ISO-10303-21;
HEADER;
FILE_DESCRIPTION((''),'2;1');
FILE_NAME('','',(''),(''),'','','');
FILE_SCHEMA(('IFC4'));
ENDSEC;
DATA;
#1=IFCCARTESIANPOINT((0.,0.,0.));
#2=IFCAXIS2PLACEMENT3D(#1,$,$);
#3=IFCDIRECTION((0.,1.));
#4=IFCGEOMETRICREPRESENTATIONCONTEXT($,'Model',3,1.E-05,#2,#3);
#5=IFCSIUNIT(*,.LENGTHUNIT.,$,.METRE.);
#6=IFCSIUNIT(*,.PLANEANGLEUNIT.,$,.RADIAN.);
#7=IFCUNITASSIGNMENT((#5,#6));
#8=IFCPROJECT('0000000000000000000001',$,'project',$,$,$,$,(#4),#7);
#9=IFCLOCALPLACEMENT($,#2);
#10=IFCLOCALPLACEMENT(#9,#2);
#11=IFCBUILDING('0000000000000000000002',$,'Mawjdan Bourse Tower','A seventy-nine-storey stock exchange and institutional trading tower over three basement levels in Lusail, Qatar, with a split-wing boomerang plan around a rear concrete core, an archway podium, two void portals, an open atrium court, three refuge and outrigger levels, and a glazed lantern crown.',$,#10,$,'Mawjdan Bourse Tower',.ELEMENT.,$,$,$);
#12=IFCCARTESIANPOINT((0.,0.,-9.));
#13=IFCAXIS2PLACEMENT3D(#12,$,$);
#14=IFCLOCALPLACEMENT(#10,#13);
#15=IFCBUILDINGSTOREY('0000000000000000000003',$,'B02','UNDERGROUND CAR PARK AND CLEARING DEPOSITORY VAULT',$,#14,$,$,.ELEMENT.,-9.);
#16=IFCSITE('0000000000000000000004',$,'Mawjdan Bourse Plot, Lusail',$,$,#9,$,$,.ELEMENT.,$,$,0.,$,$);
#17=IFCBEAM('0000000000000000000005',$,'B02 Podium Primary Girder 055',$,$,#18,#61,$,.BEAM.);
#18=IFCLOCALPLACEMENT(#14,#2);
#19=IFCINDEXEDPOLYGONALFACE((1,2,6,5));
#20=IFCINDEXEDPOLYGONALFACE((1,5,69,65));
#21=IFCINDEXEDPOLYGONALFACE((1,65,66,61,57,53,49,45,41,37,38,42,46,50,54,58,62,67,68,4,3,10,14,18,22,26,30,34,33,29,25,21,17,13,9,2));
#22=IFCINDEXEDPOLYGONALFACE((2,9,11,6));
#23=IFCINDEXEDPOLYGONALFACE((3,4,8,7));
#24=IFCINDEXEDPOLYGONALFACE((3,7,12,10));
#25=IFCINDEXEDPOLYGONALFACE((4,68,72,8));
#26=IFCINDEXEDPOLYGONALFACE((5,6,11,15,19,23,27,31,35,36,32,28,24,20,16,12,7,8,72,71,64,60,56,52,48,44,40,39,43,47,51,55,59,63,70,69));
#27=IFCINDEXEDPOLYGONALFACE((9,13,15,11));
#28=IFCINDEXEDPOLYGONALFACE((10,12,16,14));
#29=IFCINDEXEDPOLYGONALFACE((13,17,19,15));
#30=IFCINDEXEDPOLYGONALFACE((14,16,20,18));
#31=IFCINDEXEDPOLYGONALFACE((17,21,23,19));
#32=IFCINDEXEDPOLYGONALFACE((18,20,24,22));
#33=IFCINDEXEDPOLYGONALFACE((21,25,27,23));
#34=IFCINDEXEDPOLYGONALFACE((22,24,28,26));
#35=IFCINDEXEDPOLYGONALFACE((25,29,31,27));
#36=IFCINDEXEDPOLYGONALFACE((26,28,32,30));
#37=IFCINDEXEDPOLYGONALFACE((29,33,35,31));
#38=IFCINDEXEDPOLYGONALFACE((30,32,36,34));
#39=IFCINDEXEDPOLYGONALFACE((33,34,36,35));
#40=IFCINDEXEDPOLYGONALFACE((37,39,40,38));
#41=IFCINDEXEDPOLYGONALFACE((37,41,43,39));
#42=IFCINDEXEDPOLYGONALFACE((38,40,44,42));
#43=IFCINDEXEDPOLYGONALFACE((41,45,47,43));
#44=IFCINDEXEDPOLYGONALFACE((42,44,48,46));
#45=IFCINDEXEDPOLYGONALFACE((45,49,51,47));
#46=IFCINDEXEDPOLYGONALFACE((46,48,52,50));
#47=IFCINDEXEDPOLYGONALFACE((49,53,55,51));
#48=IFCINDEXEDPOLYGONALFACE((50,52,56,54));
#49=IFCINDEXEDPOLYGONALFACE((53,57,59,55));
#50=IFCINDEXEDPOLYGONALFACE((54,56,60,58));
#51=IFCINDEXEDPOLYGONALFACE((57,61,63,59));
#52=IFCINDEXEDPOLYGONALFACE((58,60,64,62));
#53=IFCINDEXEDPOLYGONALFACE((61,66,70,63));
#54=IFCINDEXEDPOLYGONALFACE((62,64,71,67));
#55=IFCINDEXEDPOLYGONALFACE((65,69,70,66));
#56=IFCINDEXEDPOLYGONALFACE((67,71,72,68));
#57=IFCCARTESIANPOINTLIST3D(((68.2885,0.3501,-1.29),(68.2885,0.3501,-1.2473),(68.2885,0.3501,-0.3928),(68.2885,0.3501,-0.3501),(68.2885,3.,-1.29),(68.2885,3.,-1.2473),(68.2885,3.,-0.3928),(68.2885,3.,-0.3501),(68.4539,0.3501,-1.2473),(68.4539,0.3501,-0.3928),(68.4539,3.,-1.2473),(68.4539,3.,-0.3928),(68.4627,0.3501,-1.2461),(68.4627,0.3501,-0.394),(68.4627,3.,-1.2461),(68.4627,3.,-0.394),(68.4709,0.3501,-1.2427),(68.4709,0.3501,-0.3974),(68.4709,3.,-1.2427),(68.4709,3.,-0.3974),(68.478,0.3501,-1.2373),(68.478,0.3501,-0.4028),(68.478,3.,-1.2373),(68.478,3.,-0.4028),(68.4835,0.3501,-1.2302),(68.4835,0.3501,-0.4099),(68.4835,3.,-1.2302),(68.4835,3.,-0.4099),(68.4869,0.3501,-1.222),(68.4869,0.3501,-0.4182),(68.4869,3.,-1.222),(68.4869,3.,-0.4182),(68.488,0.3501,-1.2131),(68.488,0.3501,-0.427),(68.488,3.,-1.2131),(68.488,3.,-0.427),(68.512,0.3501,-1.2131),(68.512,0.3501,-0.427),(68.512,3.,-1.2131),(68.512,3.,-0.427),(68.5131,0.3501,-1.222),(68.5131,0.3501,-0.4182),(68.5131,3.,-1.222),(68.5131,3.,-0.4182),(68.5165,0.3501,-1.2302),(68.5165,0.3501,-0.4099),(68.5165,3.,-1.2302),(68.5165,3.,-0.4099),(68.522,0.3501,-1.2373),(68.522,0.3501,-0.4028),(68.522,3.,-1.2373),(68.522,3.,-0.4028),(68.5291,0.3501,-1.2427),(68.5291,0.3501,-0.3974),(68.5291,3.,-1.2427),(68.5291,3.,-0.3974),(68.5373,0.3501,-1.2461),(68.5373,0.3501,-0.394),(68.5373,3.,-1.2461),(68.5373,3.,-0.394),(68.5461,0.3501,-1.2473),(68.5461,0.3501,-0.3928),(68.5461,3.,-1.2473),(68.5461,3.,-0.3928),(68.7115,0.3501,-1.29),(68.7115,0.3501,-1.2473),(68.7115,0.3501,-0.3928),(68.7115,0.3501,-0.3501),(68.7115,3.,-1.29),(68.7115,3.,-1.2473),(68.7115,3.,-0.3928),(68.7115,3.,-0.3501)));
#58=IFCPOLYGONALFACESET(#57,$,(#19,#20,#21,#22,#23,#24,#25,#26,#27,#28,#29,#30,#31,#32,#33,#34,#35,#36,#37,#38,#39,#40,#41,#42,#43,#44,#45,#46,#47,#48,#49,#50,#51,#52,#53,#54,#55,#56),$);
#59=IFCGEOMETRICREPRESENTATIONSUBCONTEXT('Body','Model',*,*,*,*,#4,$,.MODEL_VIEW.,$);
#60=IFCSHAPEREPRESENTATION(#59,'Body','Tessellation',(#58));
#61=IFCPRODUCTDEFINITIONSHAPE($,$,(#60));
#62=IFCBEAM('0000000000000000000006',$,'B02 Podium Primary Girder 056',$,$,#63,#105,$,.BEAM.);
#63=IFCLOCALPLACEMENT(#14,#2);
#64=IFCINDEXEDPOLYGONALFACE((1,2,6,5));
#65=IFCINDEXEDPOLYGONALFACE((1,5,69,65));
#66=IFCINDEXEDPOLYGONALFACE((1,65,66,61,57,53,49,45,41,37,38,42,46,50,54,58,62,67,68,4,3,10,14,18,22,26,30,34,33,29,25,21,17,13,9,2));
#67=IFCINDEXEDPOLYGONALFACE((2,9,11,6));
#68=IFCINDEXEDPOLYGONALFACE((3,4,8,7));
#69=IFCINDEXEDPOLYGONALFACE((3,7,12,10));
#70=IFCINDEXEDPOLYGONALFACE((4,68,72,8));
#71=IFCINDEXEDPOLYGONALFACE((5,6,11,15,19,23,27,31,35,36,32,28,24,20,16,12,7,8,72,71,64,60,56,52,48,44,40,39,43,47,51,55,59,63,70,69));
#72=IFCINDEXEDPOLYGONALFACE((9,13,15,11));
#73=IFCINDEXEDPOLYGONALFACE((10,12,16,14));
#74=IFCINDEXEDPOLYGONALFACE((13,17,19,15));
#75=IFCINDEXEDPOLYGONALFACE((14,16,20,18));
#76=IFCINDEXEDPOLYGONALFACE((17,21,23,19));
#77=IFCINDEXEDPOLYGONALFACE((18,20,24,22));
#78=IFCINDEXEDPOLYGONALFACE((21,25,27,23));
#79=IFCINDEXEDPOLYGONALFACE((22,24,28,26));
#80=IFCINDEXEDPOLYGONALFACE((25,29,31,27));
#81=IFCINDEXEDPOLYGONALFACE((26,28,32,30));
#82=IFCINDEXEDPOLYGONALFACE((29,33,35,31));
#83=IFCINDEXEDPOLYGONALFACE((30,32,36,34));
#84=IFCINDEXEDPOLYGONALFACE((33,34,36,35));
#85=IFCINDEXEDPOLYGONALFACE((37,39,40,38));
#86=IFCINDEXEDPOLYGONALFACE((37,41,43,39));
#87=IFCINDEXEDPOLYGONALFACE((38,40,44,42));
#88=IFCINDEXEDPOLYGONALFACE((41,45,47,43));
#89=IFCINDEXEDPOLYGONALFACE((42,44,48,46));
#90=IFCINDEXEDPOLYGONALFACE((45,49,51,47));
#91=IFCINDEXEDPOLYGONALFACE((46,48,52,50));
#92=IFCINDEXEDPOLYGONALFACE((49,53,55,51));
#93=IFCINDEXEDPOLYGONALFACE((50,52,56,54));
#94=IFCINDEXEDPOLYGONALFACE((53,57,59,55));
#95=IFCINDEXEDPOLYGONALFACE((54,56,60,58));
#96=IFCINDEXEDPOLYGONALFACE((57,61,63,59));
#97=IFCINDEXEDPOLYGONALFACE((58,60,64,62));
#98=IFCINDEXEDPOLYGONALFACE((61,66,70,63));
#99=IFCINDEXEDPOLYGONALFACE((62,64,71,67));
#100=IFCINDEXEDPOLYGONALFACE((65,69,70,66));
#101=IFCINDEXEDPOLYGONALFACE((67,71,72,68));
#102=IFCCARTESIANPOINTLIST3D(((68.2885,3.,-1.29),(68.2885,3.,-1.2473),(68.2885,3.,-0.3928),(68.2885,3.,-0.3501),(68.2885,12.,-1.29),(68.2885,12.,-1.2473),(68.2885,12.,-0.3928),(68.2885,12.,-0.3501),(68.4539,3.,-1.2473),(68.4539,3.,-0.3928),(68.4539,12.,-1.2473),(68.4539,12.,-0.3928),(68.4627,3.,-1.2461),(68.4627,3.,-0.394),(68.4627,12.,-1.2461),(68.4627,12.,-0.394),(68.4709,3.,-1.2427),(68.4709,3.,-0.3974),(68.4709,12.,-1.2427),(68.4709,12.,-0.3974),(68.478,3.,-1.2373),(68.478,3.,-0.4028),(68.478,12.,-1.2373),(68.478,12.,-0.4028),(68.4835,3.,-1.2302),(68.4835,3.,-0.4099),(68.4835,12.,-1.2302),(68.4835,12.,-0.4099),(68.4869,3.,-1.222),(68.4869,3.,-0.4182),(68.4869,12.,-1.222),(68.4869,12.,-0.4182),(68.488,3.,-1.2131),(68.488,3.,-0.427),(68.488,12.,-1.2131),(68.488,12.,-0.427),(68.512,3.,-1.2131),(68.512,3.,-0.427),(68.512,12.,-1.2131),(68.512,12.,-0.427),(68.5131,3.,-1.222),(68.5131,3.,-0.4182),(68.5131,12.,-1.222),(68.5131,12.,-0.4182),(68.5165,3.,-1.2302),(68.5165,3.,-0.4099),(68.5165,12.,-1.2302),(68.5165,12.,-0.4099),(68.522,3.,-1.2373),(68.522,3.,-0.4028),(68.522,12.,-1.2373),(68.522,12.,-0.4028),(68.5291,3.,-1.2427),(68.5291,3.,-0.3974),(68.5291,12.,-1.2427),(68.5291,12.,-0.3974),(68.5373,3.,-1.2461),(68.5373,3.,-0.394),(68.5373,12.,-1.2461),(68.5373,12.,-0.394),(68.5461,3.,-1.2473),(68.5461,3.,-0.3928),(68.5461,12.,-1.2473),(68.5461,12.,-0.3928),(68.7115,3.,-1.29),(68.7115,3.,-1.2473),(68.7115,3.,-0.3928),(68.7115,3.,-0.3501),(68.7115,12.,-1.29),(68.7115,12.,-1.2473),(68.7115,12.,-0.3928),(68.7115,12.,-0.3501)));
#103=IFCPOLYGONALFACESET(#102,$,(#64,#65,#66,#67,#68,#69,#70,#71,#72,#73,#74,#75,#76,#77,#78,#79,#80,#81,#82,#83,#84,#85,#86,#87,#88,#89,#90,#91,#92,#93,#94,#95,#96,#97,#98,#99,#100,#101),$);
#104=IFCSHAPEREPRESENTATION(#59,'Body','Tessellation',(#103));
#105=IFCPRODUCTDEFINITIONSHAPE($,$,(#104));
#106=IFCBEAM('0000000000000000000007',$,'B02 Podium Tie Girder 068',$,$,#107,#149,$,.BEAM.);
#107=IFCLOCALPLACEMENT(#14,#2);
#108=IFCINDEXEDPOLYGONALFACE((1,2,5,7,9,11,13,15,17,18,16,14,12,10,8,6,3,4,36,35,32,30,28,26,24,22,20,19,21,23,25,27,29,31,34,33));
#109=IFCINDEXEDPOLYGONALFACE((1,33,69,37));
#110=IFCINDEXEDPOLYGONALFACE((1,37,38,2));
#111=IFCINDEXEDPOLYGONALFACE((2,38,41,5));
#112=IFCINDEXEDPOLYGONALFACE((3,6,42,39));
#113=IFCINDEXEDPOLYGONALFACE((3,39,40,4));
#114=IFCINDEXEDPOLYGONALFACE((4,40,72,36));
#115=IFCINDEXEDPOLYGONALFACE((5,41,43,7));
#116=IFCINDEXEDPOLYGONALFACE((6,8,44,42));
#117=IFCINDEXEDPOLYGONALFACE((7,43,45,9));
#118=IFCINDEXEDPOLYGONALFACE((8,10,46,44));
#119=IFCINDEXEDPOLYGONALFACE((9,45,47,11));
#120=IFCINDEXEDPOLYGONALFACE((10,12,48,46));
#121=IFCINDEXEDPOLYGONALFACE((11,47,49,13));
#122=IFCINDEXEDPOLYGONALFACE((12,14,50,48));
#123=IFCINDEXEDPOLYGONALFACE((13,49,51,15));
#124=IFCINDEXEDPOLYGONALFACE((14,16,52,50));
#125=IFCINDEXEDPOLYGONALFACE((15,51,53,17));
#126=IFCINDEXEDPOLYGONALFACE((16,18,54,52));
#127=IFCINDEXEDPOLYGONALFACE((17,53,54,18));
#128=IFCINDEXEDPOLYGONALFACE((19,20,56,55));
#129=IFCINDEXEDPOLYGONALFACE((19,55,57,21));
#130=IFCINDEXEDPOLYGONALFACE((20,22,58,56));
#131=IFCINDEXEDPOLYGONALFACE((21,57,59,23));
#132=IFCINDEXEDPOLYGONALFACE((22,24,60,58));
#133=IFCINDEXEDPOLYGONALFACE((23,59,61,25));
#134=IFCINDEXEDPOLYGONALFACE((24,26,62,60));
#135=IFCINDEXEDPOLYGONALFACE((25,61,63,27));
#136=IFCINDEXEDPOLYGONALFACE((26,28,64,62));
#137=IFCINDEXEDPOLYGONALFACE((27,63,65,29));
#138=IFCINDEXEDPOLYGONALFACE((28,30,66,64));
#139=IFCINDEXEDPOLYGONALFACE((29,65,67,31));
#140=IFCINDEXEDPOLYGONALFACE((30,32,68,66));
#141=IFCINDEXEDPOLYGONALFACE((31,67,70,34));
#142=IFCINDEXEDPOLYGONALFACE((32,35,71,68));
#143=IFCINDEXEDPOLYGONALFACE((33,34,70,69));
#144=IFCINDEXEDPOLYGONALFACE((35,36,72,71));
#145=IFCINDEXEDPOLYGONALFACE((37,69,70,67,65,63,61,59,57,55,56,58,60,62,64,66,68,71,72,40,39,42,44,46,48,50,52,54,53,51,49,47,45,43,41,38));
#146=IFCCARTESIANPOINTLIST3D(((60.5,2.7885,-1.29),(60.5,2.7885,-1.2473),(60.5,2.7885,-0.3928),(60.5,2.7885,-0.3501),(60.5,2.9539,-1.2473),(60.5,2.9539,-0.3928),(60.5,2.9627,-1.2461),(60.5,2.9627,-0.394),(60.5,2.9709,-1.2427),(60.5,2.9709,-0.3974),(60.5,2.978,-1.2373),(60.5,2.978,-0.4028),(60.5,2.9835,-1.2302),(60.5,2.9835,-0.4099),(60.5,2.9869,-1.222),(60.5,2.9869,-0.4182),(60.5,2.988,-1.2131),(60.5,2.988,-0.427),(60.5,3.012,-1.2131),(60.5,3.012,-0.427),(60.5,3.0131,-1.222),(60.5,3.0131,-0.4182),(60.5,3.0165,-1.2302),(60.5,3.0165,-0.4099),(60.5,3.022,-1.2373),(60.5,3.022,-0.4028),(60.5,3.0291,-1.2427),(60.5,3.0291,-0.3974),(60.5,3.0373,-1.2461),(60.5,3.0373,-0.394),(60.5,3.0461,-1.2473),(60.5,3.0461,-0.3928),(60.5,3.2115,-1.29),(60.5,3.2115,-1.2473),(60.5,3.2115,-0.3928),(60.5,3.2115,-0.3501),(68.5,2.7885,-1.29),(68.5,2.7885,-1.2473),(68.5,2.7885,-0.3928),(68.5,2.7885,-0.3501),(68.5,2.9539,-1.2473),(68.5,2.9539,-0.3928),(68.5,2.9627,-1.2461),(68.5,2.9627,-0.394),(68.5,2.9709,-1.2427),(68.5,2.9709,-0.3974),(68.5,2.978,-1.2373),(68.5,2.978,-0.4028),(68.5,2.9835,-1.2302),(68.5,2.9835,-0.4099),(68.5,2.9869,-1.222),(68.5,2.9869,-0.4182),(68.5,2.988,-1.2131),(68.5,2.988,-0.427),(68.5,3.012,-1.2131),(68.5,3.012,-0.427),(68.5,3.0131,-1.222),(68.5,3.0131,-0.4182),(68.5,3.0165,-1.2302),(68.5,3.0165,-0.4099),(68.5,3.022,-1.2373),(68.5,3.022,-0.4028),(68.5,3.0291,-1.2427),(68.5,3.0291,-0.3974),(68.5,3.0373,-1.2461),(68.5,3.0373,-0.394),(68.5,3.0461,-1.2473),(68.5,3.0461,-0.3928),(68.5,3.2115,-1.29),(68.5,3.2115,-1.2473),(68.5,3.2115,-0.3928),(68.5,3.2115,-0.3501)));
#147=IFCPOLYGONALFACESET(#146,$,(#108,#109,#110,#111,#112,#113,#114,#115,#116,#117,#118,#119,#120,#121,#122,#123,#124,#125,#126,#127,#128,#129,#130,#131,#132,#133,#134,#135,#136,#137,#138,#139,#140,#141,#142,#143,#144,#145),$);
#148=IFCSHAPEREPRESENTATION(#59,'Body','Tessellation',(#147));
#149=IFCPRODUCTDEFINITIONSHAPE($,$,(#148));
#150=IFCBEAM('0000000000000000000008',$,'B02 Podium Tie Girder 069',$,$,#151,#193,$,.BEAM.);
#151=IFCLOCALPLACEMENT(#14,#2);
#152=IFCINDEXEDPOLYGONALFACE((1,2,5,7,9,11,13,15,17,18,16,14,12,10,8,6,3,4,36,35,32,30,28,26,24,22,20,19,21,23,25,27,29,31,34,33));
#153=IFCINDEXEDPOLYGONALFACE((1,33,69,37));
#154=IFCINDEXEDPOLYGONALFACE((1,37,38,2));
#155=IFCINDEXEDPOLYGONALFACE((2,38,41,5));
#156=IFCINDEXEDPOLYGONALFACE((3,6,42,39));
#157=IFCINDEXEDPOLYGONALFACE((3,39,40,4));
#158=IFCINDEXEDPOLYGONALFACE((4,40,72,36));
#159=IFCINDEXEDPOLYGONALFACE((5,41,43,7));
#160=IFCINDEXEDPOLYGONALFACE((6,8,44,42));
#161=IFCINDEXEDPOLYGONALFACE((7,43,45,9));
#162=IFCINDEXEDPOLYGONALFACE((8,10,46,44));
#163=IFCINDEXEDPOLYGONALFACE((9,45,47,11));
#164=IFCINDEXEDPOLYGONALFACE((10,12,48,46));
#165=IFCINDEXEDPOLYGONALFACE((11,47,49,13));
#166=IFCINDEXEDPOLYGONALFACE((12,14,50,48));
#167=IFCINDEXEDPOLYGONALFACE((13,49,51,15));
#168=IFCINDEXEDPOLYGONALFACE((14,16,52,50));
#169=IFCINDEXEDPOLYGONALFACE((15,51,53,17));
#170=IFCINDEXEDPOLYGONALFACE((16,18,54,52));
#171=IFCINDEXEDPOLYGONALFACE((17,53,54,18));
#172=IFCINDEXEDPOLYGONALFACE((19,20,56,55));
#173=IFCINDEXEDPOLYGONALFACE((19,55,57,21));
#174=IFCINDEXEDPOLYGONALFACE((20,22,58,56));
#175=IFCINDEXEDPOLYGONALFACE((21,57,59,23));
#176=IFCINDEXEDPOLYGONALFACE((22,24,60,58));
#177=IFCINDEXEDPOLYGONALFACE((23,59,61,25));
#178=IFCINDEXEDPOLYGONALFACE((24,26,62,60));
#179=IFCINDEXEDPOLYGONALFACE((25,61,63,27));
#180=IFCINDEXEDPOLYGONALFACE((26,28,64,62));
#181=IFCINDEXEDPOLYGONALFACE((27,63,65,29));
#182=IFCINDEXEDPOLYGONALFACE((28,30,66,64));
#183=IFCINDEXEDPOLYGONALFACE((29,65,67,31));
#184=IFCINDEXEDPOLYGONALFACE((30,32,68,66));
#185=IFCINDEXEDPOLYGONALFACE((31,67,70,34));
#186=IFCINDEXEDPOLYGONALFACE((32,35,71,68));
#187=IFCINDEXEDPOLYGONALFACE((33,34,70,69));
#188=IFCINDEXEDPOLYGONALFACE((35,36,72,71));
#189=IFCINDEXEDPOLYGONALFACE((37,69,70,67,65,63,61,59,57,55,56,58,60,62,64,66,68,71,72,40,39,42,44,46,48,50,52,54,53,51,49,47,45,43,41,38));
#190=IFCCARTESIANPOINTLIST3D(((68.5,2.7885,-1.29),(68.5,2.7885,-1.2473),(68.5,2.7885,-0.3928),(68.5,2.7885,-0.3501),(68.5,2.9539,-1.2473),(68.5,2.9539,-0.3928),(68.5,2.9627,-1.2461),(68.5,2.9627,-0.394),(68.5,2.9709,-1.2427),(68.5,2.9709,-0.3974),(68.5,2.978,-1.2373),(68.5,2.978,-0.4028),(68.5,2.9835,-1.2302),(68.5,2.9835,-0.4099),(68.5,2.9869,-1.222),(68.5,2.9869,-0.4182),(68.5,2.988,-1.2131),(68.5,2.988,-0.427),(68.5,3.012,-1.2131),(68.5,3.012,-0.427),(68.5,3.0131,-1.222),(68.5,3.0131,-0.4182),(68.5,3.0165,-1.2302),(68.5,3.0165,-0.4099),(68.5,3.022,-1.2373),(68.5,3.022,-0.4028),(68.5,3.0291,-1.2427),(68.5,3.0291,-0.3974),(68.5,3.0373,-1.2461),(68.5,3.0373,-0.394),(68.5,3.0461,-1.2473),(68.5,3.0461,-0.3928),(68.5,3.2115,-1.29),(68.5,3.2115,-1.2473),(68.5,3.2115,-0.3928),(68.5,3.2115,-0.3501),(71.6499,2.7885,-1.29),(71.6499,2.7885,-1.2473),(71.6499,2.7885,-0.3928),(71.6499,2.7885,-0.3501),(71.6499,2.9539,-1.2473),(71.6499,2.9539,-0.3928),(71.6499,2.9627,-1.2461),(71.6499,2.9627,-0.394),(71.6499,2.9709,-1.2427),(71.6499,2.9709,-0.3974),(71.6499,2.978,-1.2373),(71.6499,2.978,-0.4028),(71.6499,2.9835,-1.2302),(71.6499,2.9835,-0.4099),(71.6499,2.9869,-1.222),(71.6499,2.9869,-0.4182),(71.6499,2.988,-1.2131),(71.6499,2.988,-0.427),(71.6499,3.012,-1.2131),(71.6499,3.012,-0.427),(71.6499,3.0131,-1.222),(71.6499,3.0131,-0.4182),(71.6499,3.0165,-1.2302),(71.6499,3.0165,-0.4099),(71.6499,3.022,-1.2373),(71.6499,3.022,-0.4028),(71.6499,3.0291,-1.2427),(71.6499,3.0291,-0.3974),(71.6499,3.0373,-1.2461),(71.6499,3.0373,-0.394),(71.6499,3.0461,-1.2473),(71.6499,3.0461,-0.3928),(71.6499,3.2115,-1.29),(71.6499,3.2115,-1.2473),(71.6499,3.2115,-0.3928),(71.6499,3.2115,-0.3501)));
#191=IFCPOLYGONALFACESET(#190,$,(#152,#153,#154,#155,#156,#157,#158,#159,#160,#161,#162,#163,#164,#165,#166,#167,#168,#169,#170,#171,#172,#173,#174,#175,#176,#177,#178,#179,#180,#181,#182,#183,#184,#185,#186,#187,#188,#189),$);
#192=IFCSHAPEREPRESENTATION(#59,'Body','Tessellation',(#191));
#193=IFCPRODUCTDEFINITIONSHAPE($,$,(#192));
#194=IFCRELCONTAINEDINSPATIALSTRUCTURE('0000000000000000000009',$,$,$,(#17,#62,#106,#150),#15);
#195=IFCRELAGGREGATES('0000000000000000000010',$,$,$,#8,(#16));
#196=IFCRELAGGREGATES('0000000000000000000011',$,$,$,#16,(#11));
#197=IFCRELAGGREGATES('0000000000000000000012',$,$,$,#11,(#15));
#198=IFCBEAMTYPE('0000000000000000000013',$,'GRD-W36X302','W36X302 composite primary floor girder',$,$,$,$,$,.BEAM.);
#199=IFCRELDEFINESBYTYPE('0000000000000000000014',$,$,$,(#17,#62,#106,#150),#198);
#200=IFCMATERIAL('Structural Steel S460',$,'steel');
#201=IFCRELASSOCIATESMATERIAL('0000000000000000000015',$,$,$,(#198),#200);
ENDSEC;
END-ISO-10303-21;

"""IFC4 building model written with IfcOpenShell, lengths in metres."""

from ifc_helpers import new_model, si_unit, direction, frame, origin, origin_2d, place, context, subcontext, project, spatial, i_section, extrude, material, material_profile, profile_set, type_object, element, save


model = new_model("IFC4")

# Units and contexts
model_context = context("Model", 3, precision=1e-05, world=origin(), true_north=direction((0.0, 1.0)))
body_context = subcontext(model_context, "Body", "Model", "MODEL_VIEW")
ifc_project = project(units=[si_unit("LENGTHUNIT", "METRE"), si_unit("PLANEANGLEUNIT", "RADIAN")], contexts=[model_context])

# Site, building, storey
site_placement = place(None, origin())
site = spatial("IfcSite", under=ifc_project, at=site_placement, Name="Mawjdan Bourse Plot, Lusail", CompositionType="ELEMENT", RefElevation=0.0)
building_placement = place(site_placement, origin())
building = spatial("IfcBuilding", under=site, at=building_placement, Name="Mawjdan Bourse Tower", Description="A seventy-nine-storey stock exchange and institutional trading tower over three basement levels in Lusail, Qatar, with a split-wing boomerang plan around a rear concrete core, an archway podium, two void portals, an open atrium court, three refuge and outrigger levels, and a glazed lantern crown.", LongName="Mawjdan Bourse Tower", CompositionType="ELEMENT")
storey_placement = place(building_placement, frame((0.0, 0.0, -9.0)))
storey = spatial("IfcBuildingStorey", under=building, at=storey_placement, Name="B02", Description="UNDERGROUND CAR PARK AND CLEARING DEPOSITORY VAULT", CompositionType="ELEMENT", Elevation=-9.0)

# Beams
ifc_material_1 = material(Name="Structural Steel S460", Category="steel")
ifc_material_profile_1 = material_profile(ifc_material_1, i_section(OverallWidth=0.4231, OverallDepth=0.9399, WebThickness=0.0239, FlangeThickness=0.0427, FilletRadius=0.0342, at=origin_2d()), Name="W36X302")
ifc_profile_set_1 = profile_set([ifc_material_profile_1], Name="Structural Steel S460")
beam_type_1 = type_object("IfcBeamType", Name="GRD-W36X302", Description="W36X302 composite primary floor girder", PredefinedType="BEAM", material=ifc_profile_set_1)
beam_1_placement = place(storey_placement, frame((68.5, 0.3501, -0.8201), z_axis=(0.0, 1.0, 0.0), x_axis=(-1.0, 0.0, 0.0)))
element("IfcBeam", 1, at=beam_1_placement, inside=storey, type_object=beam_type_1, Name="B02 Podium Primary Girder 055", PredefinedType="BEAM", context=body_context, shape_type="SweptSolid", body=[
    extrude(i_section(OverallWidth=0.4231, OverallDepth=0.9399, WebThickness=0.0239, FlangeThickness=0.0427, FilletRadius=0.0342, at=origin_2d()), origin(), (0.0, 0.0, 1.0), 2.6499),
])
beam_2_placement = place(storey_placement, frame((68.5, 3.0, -0.8201), z_axis=(0.0, 1.0, 0.0), x_axis=(-1.0, 0.0, 0.0)))
element("IfcBeam", 2, at=beam_2_placement, inside=storey, type_object=beam_type_1, Name="B02 Podium Primary Girder 056", PredefinedType="BEAM", context=body_context, shape_type="SweptSolid", body=[
    extrude(i_section(OverallWidth=0.4231, OverallDepth=0.9399, WebThickness=0.0239, FlangeThickness=0.0427, FilletRadius=0.0342, at=origin_2d()), origin(), (0.0, 0.0, 1.0), 9.0),
])
beam_3_placement = place(storey_placement, frame((60.5, 3.0, -0.8201), z_axis=(1.0, 0.0, 0.0), x_axis=(0.0, 1.0, 0.0)))
element("IfcBeam", 3, at=beam_3_placement, inside=storey, type_object=beam_type_1, Name="B02 Podium Tie Girder 068", PredefinedType="BEAM", context=body_context, shape_type="SweptSolid", body=[
    extrude(i_section(OverallWidth=0.4231, OverallDepth=0.9399, WebThickness=0.0239, FlangeThickness=0.0427, FilletRadius=0.0342, at=origin_2d()), origin(), (0.0, 0.0, 1.0), 8.0),
])
beam_4_placement = place(storey_placement, frame((68.5, 3.0, -0.8201), z_axis=(1.0, 0.0, 0.0), x_axis=(0.0, 1.0, 0.0)))
element("IfcBeam", 4, at=beam_4_placement, inside=storey, type_object=beam_type_1, Name="B02 Podium Tie Girder 069", PredefinedType="BEAM", context=body_context, shape_type="SweptSolid", body=[
    extrude(i_section(OverallWidth=0.4231, OverallDepth=0.9399, WebThickness=0.0239, FlangeThickness=0.0427, FilletRadius=0.0342, at=origin_2d()), origin(), (0.0, 0.0, 1.0), 3.1499),
])

save(model, "model.ifc")
